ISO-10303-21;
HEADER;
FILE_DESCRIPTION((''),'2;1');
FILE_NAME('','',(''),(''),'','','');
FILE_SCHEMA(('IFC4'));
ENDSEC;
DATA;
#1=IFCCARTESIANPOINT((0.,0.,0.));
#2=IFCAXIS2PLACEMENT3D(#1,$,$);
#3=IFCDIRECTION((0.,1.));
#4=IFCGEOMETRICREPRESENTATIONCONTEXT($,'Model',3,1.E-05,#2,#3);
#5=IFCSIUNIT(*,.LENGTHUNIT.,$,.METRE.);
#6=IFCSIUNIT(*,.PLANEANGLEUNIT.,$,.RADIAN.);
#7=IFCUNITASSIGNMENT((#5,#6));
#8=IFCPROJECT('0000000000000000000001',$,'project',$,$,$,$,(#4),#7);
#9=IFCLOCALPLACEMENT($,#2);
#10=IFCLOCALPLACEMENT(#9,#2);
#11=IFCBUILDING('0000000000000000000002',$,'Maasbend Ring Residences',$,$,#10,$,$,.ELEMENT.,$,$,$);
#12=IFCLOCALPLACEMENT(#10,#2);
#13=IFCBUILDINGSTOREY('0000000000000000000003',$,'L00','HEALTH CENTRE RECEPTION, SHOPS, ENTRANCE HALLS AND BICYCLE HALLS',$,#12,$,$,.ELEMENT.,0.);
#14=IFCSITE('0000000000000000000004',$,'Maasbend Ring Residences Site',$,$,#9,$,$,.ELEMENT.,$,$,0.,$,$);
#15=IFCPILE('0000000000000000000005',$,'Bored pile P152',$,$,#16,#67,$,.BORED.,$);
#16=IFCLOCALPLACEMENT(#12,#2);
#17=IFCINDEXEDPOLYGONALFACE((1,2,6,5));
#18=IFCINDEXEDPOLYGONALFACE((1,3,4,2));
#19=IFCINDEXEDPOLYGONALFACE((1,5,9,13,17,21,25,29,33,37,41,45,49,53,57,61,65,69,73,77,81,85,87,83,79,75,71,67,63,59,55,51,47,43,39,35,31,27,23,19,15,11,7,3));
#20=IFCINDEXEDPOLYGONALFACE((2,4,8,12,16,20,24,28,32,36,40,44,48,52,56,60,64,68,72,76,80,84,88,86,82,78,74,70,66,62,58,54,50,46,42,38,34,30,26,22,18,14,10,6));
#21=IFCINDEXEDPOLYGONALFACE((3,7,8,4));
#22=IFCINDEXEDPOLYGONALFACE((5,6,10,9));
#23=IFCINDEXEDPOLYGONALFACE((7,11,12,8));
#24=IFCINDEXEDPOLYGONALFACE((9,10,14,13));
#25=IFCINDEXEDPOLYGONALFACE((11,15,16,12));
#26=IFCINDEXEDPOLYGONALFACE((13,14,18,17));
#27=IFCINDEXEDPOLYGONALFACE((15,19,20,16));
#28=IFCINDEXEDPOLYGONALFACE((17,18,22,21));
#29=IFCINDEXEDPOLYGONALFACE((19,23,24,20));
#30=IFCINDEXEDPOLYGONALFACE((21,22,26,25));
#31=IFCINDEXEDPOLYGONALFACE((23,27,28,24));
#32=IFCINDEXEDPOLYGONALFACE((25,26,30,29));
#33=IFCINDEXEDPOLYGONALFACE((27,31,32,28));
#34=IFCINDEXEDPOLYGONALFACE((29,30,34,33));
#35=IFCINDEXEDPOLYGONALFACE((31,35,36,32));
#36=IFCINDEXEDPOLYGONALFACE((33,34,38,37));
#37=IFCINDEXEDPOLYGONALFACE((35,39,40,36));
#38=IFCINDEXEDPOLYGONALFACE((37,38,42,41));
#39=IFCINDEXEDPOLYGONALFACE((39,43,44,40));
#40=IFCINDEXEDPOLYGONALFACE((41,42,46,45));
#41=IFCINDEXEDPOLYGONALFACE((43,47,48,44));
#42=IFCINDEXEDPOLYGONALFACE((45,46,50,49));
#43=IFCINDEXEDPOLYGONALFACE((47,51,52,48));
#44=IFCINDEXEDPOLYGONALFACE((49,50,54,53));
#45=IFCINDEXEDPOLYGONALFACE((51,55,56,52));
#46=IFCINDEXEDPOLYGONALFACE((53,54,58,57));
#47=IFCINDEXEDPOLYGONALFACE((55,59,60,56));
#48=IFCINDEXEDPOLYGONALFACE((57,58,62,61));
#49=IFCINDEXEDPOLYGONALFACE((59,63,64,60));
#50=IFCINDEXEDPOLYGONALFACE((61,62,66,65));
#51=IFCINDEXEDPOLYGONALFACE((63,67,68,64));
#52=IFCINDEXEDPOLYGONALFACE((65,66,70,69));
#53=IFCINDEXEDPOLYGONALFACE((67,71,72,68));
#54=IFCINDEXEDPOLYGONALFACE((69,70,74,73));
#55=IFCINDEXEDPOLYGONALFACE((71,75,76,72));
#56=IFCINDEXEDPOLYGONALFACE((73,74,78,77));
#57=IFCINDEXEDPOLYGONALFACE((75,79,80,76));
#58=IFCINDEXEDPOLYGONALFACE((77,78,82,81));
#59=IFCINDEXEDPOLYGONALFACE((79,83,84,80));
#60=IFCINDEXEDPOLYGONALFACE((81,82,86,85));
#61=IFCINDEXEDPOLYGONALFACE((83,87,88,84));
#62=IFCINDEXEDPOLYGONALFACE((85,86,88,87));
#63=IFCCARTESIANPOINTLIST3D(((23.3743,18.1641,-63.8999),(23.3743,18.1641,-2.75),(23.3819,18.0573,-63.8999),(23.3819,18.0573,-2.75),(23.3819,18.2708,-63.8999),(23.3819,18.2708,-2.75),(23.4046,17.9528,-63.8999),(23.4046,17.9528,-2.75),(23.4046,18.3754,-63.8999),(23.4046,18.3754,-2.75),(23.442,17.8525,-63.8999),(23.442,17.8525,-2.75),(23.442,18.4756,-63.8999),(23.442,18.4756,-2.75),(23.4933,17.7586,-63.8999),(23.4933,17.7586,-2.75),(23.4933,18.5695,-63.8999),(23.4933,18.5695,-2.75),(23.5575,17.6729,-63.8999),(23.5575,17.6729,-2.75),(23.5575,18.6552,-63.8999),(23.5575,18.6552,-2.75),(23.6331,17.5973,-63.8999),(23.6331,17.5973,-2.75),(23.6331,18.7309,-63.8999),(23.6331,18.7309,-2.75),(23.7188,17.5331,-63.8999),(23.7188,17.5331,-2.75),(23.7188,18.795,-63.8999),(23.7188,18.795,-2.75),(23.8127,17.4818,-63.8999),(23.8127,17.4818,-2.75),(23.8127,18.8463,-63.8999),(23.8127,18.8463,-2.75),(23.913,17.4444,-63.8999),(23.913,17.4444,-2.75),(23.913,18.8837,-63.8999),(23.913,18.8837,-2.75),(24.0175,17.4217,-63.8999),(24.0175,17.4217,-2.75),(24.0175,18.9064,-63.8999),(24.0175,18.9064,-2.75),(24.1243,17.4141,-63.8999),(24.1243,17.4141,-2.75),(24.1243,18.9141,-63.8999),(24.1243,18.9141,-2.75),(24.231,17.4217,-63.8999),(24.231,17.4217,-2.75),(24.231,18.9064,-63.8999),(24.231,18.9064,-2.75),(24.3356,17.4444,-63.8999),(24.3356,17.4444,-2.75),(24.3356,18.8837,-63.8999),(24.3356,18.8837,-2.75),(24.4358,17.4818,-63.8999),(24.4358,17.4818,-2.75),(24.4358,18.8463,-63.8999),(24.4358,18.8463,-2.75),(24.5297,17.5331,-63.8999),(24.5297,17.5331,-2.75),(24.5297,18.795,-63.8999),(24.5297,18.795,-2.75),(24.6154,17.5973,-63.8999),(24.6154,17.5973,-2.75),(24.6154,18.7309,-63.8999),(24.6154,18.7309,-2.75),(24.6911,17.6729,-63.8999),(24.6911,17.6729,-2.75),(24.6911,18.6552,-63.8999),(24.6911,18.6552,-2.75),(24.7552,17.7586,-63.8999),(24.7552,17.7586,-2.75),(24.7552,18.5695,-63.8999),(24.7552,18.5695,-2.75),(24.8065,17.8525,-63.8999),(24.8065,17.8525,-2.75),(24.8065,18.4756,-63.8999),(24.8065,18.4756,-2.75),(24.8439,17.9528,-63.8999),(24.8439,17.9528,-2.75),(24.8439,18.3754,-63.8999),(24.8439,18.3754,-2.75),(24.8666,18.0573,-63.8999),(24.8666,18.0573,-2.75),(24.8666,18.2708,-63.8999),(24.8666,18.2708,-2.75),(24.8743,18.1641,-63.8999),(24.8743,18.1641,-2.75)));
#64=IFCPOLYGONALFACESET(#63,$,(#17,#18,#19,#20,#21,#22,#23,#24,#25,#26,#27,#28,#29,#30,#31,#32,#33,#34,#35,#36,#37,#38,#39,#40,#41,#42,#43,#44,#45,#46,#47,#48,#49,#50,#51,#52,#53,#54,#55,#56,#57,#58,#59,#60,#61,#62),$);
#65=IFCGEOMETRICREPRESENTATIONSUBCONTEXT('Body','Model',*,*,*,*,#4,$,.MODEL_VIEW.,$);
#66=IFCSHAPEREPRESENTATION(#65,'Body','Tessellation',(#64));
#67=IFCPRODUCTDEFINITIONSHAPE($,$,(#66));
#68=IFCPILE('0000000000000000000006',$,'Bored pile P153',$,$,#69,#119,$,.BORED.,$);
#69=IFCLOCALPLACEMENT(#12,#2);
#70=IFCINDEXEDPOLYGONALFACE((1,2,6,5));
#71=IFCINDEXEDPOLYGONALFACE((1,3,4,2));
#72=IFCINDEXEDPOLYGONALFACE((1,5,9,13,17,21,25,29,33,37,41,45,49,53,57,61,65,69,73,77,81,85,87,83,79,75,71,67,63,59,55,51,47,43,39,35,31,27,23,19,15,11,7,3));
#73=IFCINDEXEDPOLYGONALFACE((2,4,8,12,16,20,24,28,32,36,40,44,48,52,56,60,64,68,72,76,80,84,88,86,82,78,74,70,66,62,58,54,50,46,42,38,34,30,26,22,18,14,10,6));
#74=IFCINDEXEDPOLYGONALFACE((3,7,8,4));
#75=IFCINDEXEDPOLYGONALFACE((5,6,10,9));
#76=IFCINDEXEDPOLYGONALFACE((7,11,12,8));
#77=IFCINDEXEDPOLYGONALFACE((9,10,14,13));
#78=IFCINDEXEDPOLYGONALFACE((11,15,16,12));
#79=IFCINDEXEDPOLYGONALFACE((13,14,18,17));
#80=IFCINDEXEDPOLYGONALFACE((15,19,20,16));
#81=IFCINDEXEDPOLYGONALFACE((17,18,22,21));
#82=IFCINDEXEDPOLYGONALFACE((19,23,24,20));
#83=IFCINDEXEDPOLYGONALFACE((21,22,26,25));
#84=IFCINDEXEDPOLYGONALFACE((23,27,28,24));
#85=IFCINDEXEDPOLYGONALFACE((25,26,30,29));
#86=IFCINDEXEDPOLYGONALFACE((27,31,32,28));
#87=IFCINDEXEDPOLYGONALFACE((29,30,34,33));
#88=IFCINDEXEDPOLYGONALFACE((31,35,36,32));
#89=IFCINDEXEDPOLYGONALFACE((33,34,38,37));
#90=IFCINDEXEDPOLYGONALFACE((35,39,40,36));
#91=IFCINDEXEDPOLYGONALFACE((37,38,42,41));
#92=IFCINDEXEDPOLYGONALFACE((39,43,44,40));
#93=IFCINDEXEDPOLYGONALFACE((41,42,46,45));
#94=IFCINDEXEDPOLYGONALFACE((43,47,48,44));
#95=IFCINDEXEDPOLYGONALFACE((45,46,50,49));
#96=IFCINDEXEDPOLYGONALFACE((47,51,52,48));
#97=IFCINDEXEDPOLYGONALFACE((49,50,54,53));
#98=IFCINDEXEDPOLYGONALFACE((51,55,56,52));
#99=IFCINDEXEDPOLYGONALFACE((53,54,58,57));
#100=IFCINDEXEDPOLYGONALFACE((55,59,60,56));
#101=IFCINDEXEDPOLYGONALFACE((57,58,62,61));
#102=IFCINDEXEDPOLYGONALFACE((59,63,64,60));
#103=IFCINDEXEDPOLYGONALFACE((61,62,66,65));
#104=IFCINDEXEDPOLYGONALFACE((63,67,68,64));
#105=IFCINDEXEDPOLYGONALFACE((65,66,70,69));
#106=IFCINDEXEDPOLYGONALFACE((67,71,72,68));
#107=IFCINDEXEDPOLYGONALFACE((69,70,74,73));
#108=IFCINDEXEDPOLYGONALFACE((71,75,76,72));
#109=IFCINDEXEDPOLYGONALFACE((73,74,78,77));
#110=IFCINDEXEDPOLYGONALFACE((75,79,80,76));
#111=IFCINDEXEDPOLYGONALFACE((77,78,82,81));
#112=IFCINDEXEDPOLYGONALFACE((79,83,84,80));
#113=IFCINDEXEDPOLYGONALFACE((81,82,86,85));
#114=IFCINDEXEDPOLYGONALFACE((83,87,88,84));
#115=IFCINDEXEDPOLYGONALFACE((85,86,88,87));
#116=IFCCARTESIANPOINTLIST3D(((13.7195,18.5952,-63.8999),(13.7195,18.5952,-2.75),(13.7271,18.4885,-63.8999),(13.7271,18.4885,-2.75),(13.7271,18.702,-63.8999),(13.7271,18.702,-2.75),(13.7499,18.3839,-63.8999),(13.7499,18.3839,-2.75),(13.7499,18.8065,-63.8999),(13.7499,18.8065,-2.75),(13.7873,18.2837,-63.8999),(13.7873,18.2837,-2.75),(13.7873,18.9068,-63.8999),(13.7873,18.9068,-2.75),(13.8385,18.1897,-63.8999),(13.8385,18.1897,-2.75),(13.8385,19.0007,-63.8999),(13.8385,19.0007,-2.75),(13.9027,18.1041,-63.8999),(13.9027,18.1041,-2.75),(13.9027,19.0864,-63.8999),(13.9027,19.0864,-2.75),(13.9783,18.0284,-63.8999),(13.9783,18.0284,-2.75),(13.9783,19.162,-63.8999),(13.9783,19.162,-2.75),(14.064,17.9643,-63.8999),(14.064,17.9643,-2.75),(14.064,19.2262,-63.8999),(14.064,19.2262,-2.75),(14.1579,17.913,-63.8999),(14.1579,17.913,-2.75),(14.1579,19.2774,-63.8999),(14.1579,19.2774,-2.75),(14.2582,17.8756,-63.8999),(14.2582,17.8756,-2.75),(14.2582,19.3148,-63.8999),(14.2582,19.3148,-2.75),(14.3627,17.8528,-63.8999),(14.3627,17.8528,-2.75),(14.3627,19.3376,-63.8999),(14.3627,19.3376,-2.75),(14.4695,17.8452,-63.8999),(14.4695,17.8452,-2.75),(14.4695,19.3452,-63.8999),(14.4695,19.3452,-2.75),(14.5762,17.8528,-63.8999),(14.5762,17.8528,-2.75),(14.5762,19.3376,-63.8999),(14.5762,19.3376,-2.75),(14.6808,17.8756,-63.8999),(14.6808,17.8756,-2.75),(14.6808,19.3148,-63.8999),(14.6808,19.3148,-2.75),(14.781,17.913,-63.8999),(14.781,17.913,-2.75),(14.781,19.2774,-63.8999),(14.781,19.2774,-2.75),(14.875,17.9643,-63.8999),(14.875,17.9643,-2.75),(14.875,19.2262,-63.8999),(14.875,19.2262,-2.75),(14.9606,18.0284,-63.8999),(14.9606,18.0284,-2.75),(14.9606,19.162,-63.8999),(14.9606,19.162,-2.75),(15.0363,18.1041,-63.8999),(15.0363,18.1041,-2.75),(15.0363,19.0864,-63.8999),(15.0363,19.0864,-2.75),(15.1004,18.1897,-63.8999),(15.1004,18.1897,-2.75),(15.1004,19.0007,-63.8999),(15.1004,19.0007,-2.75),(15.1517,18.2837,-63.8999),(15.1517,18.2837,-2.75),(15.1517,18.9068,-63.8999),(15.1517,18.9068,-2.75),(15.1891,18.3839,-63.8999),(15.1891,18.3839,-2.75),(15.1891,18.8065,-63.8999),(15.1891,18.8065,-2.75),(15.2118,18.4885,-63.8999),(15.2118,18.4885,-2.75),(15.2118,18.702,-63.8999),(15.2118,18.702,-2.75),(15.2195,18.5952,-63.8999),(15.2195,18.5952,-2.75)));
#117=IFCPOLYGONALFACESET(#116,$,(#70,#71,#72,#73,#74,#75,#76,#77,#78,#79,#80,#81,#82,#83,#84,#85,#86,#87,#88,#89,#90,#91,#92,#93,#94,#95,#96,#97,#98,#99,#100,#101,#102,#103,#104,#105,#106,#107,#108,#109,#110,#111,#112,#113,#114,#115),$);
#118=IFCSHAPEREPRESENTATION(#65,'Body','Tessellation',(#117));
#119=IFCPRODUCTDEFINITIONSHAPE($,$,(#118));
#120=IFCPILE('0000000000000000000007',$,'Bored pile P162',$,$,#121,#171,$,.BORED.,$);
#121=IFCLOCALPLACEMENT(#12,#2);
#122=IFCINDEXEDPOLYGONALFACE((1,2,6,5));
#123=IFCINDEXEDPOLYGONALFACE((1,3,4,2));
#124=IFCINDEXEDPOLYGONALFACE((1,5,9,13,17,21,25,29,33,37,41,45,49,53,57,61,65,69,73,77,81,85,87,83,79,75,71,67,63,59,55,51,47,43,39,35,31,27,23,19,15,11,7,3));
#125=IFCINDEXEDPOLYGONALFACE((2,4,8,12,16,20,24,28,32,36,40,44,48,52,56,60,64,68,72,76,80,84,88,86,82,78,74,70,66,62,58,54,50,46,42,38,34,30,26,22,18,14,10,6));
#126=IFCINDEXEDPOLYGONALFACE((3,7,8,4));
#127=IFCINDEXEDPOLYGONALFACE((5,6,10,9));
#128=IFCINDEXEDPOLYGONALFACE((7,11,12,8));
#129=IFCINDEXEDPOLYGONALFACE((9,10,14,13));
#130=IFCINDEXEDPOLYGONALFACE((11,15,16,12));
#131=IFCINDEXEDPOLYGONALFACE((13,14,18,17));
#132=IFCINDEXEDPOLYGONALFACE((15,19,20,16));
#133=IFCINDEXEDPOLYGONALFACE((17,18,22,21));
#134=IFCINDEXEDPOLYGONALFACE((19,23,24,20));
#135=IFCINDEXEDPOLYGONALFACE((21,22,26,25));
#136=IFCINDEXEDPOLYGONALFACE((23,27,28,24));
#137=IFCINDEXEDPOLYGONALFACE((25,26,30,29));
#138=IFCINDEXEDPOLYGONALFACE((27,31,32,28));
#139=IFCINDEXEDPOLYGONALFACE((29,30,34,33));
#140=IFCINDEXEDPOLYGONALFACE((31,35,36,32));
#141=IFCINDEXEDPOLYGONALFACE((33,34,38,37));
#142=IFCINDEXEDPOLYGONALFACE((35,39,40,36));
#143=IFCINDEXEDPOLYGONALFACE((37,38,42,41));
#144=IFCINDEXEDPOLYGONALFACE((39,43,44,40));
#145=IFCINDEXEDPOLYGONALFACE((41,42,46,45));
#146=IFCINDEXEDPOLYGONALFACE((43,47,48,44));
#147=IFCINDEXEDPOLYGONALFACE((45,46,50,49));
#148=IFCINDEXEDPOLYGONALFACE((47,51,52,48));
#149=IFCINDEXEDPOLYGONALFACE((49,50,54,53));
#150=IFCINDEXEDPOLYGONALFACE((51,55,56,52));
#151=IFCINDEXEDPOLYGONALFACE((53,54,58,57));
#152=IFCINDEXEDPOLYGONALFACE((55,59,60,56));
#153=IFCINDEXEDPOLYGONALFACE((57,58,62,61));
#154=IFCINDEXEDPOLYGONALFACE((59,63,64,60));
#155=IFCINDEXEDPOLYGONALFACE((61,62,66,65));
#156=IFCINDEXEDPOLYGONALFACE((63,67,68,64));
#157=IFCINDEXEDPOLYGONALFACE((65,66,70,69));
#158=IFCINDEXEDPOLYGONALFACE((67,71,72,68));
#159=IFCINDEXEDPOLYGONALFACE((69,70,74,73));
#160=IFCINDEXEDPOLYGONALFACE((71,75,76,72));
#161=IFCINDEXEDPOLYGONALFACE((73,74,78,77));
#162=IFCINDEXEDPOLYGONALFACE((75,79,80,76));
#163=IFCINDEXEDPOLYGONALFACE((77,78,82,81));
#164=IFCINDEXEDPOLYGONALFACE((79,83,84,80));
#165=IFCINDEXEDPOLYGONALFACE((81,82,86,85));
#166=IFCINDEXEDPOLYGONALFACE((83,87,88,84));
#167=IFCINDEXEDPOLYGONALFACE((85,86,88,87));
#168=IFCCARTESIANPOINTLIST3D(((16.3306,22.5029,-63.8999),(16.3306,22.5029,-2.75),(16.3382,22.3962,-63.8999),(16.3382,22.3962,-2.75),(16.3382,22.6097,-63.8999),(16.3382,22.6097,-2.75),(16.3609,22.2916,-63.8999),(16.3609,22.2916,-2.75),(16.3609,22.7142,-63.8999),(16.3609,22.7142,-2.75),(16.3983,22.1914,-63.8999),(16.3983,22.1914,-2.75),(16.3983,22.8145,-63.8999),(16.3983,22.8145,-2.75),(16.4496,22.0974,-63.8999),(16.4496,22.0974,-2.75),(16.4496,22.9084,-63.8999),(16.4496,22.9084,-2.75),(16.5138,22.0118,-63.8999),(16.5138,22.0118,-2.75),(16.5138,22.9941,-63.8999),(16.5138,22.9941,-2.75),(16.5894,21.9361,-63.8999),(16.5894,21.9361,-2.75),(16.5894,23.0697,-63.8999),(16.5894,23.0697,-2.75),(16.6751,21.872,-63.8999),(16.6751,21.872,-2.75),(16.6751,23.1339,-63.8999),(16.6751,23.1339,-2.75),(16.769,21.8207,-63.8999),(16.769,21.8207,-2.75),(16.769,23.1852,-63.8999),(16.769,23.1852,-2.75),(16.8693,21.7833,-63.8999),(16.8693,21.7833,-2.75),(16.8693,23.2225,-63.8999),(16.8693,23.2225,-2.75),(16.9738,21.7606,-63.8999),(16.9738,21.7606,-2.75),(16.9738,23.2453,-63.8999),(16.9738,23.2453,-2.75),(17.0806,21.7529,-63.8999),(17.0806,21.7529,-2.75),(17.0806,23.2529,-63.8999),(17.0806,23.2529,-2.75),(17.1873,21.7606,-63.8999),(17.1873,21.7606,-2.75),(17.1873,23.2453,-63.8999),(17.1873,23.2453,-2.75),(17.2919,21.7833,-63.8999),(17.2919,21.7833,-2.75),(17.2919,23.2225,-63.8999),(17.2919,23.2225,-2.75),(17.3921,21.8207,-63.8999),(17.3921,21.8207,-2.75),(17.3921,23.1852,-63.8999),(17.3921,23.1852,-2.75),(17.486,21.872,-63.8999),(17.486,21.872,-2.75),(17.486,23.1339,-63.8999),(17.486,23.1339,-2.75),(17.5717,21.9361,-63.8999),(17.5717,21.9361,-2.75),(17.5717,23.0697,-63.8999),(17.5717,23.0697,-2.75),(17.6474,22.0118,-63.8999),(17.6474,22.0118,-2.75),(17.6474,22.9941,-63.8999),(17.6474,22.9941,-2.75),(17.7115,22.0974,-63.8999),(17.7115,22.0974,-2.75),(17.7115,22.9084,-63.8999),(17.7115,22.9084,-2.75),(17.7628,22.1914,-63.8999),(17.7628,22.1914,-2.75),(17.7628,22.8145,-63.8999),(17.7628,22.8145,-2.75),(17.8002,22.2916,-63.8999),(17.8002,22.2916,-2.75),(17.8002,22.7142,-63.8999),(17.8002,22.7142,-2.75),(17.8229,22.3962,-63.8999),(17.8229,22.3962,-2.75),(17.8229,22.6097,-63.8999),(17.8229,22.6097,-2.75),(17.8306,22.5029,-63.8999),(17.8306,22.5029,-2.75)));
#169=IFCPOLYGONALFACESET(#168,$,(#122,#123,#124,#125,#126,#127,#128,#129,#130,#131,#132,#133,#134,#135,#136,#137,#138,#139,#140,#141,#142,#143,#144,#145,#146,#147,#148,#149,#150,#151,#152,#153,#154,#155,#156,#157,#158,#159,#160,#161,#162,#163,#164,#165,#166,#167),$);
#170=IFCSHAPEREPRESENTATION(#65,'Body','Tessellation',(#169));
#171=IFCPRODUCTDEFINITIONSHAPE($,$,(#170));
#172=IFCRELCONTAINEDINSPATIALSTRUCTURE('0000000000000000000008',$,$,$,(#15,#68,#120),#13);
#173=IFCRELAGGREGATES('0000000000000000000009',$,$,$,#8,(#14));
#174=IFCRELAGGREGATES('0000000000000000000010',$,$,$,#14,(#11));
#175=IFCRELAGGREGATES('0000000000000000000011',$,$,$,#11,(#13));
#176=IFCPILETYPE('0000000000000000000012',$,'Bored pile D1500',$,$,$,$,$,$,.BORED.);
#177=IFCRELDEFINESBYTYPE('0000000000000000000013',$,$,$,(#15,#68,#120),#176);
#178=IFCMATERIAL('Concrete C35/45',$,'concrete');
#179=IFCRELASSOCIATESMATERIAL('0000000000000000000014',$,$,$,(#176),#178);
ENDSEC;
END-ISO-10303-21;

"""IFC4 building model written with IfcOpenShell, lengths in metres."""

from ifc_helpers import new_model, si_unit, direction, frame, origin, origin_2d, place, context, subcontext, project, spatial, circle, extrude, material, material_profile, profile_set, type_object, element, save


model = new_model("IFC4")

# Units and contexts
model_context = context("Model", 3, precision=1e-05, world=origin(), true_north=direction((0.0, 1.0)))
body_context = subcontext(model_context, "Body", "Model", "MODEL_VIEW")
ifc_project = project(units=[si_unit("LENGTHUNIT", "METRE"), si_unit("PLANEANGLEUNIT", "RADIAN")], contexts=[model_context])

# Site, building, storey
site_placement = place(None, origin())
site = spatial("IfcSite", under=ifc_project, at=site_placement, Name="Maasbend Ring Residences Site", CompositionType="ELEMENT", RefElevation=0.0)
building_placement = place(site_placement, origin())
building = spatial("IfcBuilding", under=site, at=building_placement, Name="Maasbend Ring Residences", CompositionType="ELEMENT")
storey_placement = place(building_placement, origin())
storey = spatial("IfcBuildingStorey", under=building, at=storey_placement, Name="L00", Description="HEALTH CENTRE RECEPTION, SHOPS, ENTRANCE HALLS AND BICYCLE HALLS", CompositionType="ELEMENT", Elevation=0.0)

# Piles
ifc_material_1 = material(Name="Concrete C35/45", Category="concrete")
ifc_material_profile_1 = material_profile(ifc_material_1, circle(Radius=0.75, at=origin_2d()), Name="Bored pile D1500")
ifc_profile_set_1 = profile_set([ifc_material_profile_1], Name="Concrete C35/45")
pile_type = type_object("IfcPileType", Name="Bored pile D1500", PredefinedType="BORED", material=ifc_profile_set_1)
for number, where, z_axis, x_axis, name in (
    (1, (24.1243, 18.1641, -2.75), (0.0, 0.0, -1.0), (1.0, 0.0, 0.0), "Bored pile P152"),
    (2, (14.4695, 18.5952, -2.75), (0.0, 0.0, -1.0), (1.0, 0.0, 0.0), "Bored pile P153"),
    (3, (17.0806, 22.5029, -2.75), (0.0, 0.0, -1.0), (1.0, 0.0, 0.0), "Bored pile P162"),
):
    element("IfcPile", number, at=place(storey_placement, frame(where, z_axis=z_axis, x_axis=x_axis)), inside=storey, type_object=pile_type, Name=name, PredefinedType="BORED", context=body_context, shape_type="SweptSolid", body=[
        extrude(circle(Radius=0.75, at=origin_2d()), origin(), (0.0, 0.0, 1.0), 61.1499),
    ])

save(model, "model.ifc")
